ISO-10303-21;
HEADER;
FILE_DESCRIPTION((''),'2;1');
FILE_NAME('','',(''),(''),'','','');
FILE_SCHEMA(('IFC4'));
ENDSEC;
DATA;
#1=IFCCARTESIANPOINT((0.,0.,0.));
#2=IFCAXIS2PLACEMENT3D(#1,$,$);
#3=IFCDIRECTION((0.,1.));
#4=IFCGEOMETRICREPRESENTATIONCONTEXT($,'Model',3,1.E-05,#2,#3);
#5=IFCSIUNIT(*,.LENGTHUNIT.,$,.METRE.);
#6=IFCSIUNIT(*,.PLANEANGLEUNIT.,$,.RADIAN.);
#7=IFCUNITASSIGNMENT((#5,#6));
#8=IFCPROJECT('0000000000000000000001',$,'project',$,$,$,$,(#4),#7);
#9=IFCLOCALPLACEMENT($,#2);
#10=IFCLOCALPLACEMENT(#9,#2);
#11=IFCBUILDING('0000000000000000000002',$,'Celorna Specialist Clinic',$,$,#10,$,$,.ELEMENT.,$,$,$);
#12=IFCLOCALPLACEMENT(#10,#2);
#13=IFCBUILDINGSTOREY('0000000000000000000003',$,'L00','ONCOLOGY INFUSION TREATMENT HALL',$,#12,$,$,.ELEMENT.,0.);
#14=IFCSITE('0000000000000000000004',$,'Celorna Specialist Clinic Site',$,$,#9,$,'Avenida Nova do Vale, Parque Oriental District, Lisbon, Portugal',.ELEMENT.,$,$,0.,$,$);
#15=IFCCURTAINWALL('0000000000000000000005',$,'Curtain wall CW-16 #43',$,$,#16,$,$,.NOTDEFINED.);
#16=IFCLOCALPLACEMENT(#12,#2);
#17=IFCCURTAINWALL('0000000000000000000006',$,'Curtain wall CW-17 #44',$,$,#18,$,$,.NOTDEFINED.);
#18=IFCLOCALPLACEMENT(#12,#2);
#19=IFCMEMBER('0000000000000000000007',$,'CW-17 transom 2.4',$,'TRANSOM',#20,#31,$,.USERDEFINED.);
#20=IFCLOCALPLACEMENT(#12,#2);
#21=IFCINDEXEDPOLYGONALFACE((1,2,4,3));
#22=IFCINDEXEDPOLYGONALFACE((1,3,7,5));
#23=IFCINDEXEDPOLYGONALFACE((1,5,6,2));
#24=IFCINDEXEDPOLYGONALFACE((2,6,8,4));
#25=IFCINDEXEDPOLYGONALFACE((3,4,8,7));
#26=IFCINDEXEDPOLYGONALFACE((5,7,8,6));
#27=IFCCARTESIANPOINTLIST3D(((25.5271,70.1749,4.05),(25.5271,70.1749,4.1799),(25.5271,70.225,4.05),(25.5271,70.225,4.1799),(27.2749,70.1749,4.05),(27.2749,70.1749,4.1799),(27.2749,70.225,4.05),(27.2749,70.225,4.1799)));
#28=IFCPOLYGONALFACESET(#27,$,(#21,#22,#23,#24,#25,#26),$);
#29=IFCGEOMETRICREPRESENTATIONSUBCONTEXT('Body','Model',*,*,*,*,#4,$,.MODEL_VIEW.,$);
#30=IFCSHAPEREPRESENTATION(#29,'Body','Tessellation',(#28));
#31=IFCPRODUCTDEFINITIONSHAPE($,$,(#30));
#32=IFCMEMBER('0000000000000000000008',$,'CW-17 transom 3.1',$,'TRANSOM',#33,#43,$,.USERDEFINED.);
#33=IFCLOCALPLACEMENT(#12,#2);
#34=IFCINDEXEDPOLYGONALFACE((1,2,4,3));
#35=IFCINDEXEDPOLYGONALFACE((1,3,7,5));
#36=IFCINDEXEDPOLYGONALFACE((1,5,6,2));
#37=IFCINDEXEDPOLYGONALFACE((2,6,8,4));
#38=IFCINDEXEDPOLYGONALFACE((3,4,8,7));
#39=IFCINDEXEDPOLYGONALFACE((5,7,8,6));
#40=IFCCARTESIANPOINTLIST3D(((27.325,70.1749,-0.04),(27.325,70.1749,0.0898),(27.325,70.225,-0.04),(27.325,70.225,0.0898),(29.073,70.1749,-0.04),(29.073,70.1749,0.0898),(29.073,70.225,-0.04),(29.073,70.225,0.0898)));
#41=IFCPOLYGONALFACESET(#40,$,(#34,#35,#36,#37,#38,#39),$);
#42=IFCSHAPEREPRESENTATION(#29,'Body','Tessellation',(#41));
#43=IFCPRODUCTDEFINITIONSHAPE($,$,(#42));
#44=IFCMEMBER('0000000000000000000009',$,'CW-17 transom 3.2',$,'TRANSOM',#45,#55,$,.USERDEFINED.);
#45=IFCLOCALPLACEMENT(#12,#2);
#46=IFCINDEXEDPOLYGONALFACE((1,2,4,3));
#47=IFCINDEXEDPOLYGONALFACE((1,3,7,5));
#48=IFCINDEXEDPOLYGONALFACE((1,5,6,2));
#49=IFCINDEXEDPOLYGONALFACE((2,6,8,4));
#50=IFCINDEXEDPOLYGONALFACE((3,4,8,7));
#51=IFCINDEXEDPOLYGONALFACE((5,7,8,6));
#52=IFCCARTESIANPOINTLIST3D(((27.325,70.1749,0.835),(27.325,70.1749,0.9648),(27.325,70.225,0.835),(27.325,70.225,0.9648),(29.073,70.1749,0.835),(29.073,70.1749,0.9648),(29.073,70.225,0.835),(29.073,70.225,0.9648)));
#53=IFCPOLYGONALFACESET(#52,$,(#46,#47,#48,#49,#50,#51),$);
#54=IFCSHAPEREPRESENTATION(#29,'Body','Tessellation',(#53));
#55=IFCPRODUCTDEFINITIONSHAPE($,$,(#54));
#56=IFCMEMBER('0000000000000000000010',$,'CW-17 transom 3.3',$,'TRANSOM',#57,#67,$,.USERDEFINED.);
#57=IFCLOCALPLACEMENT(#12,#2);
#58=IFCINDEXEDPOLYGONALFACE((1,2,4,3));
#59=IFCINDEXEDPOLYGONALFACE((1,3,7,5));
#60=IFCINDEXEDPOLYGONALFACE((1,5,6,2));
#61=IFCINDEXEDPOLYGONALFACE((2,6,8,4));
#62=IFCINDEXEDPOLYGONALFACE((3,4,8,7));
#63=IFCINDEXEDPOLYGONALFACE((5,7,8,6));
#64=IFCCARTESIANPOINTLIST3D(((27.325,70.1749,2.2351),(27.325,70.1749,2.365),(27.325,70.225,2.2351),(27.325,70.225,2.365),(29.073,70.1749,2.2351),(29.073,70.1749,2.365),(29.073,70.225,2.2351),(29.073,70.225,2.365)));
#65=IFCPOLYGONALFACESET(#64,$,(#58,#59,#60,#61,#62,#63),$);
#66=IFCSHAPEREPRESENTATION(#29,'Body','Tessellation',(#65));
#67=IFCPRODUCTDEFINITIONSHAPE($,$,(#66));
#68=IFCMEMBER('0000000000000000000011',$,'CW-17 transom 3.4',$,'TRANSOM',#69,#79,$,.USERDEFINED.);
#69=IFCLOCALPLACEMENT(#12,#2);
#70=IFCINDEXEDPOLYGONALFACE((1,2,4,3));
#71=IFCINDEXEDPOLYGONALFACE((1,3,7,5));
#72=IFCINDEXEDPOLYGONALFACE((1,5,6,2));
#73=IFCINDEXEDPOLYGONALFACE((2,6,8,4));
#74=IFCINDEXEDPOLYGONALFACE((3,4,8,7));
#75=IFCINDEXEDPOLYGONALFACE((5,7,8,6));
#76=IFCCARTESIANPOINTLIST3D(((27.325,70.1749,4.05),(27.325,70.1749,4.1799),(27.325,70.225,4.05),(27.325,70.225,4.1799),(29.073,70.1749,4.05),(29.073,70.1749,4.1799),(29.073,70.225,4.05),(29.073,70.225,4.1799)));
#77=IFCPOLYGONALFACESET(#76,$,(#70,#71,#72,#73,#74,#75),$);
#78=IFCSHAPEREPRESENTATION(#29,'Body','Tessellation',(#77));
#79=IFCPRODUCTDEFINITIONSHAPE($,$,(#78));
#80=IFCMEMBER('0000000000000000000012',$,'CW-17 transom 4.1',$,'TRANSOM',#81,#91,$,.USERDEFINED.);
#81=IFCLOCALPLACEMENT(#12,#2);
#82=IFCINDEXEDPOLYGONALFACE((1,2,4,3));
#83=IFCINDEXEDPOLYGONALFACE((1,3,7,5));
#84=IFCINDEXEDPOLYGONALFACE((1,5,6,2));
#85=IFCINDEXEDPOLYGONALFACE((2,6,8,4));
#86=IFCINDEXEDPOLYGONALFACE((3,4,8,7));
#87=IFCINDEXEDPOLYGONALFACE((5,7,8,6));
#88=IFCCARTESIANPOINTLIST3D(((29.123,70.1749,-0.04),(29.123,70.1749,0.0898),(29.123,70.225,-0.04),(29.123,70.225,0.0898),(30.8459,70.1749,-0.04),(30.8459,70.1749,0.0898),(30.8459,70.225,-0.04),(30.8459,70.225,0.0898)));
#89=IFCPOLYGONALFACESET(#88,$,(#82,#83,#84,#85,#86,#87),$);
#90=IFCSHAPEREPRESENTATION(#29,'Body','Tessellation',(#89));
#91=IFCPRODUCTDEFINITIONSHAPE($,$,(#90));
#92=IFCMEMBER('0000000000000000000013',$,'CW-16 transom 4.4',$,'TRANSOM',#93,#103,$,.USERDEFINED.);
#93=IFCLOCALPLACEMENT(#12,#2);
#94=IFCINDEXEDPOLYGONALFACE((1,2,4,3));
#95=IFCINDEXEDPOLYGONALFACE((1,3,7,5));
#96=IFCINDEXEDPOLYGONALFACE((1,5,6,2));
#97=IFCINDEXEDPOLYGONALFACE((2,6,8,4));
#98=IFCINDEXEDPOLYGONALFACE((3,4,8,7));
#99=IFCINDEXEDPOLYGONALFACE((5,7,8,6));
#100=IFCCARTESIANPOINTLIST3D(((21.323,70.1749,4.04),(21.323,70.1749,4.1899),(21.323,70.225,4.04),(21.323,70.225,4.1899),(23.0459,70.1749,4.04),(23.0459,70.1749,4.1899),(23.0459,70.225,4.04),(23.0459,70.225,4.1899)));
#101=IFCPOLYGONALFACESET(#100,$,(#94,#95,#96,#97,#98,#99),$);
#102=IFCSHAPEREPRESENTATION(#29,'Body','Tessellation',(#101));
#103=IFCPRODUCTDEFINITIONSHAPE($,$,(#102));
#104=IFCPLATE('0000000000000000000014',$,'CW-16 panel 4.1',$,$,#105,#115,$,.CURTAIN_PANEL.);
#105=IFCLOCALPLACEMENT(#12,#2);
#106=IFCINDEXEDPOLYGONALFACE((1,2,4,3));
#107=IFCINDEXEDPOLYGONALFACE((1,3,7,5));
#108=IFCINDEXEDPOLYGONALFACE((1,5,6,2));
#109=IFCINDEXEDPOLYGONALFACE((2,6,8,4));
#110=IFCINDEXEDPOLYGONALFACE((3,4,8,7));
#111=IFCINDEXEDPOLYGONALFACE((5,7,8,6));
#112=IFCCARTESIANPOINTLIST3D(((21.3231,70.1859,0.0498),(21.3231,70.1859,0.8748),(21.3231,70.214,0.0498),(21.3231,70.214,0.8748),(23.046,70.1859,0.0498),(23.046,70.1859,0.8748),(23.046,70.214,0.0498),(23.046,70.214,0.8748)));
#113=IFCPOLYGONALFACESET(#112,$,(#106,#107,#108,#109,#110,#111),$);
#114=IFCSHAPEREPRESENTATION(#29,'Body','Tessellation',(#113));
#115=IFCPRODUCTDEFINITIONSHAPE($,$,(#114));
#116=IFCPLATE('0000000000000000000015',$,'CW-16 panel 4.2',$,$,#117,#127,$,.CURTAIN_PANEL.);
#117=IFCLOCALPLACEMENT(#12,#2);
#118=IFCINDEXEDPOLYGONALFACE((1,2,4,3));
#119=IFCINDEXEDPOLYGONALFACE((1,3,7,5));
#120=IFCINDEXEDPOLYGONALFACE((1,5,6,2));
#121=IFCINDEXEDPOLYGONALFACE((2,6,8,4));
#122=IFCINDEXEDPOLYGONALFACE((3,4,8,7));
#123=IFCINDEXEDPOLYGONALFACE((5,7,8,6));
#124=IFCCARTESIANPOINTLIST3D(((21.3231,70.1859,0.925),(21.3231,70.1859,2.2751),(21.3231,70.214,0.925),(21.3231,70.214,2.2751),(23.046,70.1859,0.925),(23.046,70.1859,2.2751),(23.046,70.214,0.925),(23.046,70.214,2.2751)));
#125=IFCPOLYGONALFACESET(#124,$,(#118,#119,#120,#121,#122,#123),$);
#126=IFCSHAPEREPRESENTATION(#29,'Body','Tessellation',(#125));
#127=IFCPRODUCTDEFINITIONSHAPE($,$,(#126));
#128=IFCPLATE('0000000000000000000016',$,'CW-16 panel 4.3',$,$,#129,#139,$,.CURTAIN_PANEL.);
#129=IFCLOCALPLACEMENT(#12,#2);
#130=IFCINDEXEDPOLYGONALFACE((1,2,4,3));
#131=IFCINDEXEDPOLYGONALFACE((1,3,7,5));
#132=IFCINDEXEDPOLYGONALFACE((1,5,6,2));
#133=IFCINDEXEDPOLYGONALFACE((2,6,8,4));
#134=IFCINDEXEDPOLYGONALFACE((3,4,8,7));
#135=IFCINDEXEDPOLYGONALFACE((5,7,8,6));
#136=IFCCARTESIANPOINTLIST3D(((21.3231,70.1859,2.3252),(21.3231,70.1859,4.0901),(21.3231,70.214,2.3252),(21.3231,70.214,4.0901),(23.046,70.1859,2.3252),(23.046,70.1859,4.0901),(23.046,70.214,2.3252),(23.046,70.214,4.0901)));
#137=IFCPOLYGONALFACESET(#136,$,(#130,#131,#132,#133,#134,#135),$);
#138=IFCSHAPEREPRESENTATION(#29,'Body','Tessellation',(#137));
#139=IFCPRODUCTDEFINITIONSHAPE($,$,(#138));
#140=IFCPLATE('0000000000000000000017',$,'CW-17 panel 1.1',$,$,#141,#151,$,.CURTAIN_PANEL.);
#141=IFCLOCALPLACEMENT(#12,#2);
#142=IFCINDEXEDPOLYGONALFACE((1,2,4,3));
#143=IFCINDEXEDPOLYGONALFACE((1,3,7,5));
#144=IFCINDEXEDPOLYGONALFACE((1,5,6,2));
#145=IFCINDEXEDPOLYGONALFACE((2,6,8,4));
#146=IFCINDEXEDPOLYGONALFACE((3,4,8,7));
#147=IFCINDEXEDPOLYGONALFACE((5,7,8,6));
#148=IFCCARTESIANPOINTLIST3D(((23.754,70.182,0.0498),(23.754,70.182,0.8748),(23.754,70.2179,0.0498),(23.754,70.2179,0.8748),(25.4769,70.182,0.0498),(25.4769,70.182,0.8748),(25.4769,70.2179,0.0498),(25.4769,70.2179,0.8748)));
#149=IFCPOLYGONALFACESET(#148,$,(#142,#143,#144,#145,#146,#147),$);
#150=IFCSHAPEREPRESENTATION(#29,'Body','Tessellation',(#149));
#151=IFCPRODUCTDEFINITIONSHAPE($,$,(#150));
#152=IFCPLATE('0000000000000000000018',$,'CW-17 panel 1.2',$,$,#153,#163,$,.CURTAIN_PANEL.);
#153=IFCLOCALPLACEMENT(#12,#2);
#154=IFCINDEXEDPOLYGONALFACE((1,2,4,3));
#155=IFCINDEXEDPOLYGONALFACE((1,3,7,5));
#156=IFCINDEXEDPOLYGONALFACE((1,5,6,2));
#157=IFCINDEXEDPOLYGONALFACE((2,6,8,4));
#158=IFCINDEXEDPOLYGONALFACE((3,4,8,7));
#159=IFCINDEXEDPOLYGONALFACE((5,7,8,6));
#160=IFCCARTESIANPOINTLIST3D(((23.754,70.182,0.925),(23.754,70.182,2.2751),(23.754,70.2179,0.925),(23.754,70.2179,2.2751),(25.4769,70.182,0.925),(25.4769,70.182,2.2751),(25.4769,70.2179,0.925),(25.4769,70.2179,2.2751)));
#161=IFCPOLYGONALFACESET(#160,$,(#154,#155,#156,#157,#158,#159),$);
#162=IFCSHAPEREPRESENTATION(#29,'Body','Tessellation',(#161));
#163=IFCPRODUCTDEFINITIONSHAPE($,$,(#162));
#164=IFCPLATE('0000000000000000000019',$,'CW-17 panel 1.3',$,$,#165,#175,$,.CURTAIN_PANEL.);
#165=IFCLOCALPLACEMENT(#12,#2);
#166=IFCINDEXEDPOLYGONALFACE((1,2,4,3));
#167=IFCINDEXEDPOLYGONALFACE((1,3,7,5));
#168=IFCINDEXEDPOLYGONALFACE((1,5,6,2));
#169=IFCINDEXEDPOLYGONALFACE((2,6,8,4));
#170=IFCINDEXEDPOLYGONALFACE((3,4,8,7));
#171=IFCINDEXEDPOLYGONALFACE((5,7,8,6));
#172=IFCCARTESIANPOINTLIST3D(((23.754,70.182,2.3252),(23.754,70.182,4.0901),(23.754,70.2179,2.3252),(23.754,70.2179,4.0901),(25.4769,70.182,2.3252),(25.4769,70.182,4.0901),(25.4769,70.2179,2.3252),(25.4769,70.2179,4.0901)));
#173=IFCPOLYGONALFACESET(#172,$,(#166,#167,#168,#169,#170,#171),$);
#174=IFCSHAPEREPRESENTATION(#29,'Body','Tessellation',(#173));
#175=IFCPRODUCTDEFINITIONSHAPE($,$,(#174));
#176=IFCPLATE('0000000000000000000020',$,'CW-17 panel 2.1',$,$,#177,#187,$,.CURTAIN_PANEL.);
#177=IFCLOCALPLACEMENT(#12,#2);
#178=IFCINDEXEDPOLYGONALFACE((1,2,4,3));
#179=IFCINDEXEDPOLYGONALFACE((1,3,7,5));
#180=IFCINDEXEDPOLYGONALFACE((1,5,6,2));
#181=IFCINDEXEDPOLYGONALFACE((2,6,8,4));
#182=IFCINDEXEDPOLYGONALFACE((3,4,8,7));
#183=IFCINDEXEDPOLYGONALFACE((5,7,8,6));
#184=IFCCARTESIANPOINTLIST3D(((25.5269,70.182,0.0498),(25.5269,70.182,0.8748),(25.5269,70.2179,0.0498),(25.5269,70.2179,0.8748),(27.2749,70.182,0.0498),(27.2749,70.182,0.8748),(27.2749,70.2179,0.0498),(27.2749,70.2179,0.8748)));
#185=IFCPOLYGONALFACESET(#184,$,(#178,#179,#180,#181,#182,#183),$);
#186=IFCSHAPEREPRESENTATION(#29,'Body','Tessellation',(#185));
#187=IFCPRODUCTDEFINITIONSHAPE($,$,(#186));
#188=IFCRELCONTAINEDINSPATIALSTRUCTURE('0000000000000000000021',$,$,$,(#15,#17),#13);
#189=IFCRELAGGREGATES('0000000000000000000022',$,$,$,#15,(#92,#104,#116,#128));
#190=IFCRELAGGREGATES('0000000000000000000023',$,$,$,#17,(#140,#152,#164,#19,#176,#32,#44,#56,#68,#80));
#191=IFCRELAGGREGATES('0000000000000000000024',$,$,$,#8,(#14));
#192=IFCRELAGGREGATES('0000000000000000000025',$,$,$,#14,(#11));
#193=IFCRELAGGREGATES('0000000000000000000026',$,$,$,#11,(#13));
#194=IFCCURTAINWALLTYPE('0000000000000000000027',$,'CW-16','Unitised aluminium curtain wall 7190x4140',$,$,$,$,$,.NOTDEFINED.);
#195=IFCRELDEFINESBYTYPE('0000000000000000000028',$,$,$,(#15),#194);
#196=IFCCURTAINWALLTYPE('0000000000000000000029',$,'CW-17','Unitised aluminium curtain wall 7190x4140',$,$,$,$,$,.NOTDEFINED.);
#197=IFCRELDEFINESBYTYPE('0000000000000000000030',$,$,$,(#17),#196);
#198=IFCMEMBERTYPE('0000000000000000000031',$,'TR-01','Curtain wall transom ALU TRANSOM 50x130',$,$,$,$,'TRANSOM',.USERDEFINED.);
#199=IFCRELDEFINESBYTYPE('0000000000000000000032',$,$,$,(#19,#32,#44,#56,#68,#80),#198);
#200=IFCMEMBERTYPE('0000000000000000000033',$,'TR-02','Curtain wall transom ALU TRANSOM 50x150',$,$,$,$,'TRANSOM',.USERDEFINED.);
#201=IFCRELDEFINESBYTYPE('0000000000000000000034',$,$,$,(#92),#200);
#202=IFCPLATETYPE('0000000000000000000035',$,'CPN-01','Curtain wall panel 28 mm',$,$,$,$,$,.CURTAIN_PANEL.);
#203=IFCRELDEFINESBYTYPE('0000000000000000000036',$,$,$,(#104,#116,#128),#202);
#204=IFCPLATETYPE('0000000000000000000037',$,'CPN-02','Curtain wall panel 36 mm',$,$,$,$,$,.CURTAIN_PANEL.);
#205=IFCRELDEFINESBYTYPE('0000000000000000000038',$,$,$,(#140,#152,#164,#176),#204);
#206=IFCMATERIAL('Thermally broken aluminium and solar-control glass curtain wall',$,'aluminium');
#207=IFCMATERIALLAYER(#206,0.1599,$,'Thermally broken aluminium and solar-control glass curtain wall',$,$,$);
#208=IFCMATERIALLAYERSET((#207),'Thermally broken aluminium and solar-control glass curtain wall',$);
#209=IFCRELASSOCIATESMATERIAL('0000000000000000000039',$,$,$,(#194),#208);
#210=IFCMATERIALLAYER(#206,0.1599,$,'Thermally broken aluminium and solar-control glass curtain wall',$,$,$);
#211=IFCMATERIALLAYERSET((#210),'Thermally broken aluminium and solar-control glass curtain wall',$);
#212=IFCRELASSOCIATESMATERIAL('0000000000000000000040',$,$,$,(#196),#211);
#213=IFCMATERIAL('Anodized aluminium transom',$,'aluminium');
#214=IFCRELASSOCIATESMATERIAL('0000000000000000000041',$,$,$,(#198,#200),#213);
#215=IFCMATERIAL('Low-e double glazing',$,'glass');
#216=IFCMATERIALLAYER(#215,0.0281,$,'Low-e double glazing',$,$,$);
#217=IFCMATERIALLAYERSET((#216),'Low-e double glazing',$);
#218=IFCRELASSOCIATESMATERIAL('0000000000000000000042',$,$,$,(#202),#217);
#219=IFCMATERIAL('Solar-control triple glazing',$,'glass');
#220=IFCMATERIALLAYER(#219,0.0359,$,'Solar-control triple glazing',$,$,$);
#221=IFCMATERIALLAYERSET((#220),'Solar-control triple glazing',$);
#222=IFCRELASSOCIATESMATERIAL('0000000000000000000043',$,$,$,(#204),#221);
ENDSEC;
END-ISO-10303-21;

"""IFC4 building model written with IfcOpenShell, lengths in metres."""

from ifc_helpers import new_model, si_unit, direction, frame, origin, origin_2d, place, context, subcontext, project, spatial, rectangle, extrude, material, layer, layer_set, material_profile, profile_set, type_object, element, aggregate, save


model = new_model("IFC4")

# Units and contexts
model_context = context("Model", 3, precision=1e-05, world=origin(), true_north=direction((0.0, 1.0)))
body_context = subcontext(model_context, "Body", "Model", "MODEL_VIEW")
ifc_project = project(units=[si_unit("LENGTHUNIT", "METRE"), si_unit("PLANEANGLEUNIT", "RADIAN")], contexts=[model_context])

# Site, building, storey
site_placement = place(None, origin())
site = spatial("IfcSite", under=ifc_project, at=site_placement, Name="Celorna Specialist Clinic Site", LongName="Avenida Nova do Vale, Parque Oriental District, Lisbon, Portugal", CompositionType="ELEMENT", RefElevation=0.0)
building_placement = place(site_placement, origin())
building = spatial("IfcBuilding", under=site, at=building_placement, Name="Celorna Specialist Clinic", CompositionType="ELEMENT")
storey_placement = place(building_placement, origin())
storey = spatial("IfcBuildingStorey", under=building, at=storey_placement, Name="L00", Description="ONCOLOGY INFUSION TREATMENT HALL", CompositionType="ELEMENT", Elevation=0.0)

# Curtain wall
ifc_material_1 = material(Name="Thermally broken aluminium and solar-control glass curtain wall", Category="aluminium")
ifc_layer_1 = layer(ifc_material_1, 0.1599, Name="Thermally broken aluminium and solar-control glass curtain wall")
ifc_layer_set_1 = layer_set([ifc_layer_1], Name="Thermally broken aluminium and solar-control glass curtain wall")
curtain_wall_type_1 = type_object("IfcCurtainWallType", Name="CW-16", Description="Unitised aluminium curtain wall 7190x4140", PredefinedType="NOTDEFINED", material=ifc_layer_set_1)
curtain_wall_1_placement = place(storey_placement, origin())
curtain_wall_1 = element("IfcCurtainWall", 1, at=curtain_wall_1_placement, inside=storey, type_object=curtain_wall_type_1, Name="Curtain wall CW-16 #43", PredefinedType="NOTDEFINED")

# Curtain wall, members
ifc_layer_2 = layer(ifc_material_1, 0.1599, Name="Thermally broken aluminium and solar-control glass curtain wall")
ifc_layer_set_2 = layer_set([ifc_layer_2], Name="Thermally broken aluminium and solar-control glass curtain wall")
curtain_wall_type_2 = type_object("IfcCurtainWallType", Name="CW-17", Description="Unitised aluminium curtain wall 7190x4140", PredefinedType="NOTDEFINED", material=ifc_layer_set_2)
curtain_wall_2_placement = place(storey_placement, origin())
curtain_wall_2 = element("IfcCurtainWall", 2, at=curtain_wall_2_placement, inside=storey, type_object=curtain_wall_type_2, Name="Curtain wall CW-17 #44", PredefinedType="NOTDEFINED")
ifc_material_2 = material(Name="Anodized aluminium transom", Category="aluminium")
ifc_material_profile_1 = material_profile(ifc_material_2, rectangle(XDim=0.05, YDim=0.1299, at=origin_2d()), Name="ALU TRANSOM 50x130")
ifc_profile_set_1 = profile_set([ifc_material_profile_1], Name="Anodized aluminium transom")
member_type_1 = type_object("IfcMemberType", Name="TR-01", Description="Curtain wall transom ALU TRANSOM 50x130", ElementType="TRANSOM", PredefinedType="USERDEFINED", material=ifc_profile_set_1)
member_1_placement = place(storey_placement, frame((25.5271, 70.2, 4.115), z_axis=(1.0, 0.0, 0.0), x_axis=(0.0, 1.0, 0.0)))
member_1 = element("IfcMember", 3, at=member_1_placement, type_object=member_type_1, Name="CW-17 transom 2.4", ObjectType="TRANSOM", PredefinedType="USERDEFINED", context=body_context, shape_type="SweptSolid", body=[
    extrude(rectangle(XDim=0.05, YDim=0.1299, at=origin_2d()), origin(), (0.0, 0.0, 1.0), 1.7478),
])
member_2_placement = place(storey_placement, frame((27.325, 70.2, 0.0249), z_axis=(1.0, 0.0, 0.0), x_axis=(0.0, 1.0, 0.0)))
member_2 = element("IfcMember", 4, at=member_2_placement, type_object=member_type_1, Name="CW-17 transom 3.1", ObjectType="TRANSOM", PredefinedType="USERDEFINED", context=body_context, shape_type="SweptSolid", body=[
    extrude(rectangle(XDim=0.05, YDim=0.1299, at=origin_2d()), origin(), (0.0, 0.0, 1.0), 1.748),
])
member_3_placement = place(storey_placement, frame((27.325, 70.2, 0.8999), z_axis=(1.0, 0.0, 0.0), x_axis=(0.0, 1.0, 0.0)))
member_3 = element("IfcMember", 5, at=member_3_placement, type_object=member_type_1, Name="CW-17 transom 3.2", ObjectType="TRANSOM", PredefinedType="USERDEFINED", context=body_context, shape_type="SweptSolid", body=[
    extrude(rectangle(XDim=0.05, YDim=0.1299, at=origin_2d()), origin(), (0.0, 0.0, 1.0), 1.748),
])
member_4_placement = place(storey_placement, frame((27.325, 70.2, 2.3), z_axis=(1.0, 0.0, 0.0), x_axis=(0.0, 1.0, 0.0)))
member_4 = element("IfcMember", 6, at=member_4_placement, type_object=member_type_1, Name="CW-17 transom 3.3", ObjectType="TRANSOM", PredefinedType="USERDEFINED", context=body_context, shape_type="SweptSolid", body=[
    extrude(rectangle(XDim=0.05, YDim=0.1299, at=origin_2d()), origin(), (0.0, 0.0, 1.0), 1.748),
])
member_5_placement = place(storey_placement, frame((27.325, 70.2, 4.115), z_axis=(1.0, 0.0, 0.0), x_axis=(0.0, 1.0, 0.0)))
member_5 = element("IfcMember", 7, at=member_5_placement, type_object=member_type_1, Name="CW-17 transom 3.4", ObjectType="TRANSOM", PredefinedType="USERDEFINED", context=body_context, shape_type="SweptSolid", body=[
    extrude(rectangle(XDim=0.05, YDim=0.1299, at=origin_2d()), origin(), (0.0, 0.0, 1.0), 1.748),
])
member_6_placement = place(storey_placement, frame((29.123, 70.2, 0.0249), z_axis=(1.0, 0.0, 0.0), x_axis=(0.0, 1.0, 0.0)))
member_6 = element("IfcMember", 8, at=member_6_placement, type_object=member_type_1, Name="CW-17 transom 4.1", ObjectType="TRANSOM", PredefinedType="USERDEFINED", context=body_context, shape_type="SweptSolid", body=[
    extrude(rectangle(XDim=0.05, YDim=0.1299, at=origin_2d()), origin(), (0.0, 0.0, 1.0), 1.7229),
])

# Member
ifc_material_profile_2 = material_profile(ifc_material_2, rectangle(XDim=0.05, YDim=0.1499, at=origin_2d()), Name="ALU TRANSOM 50x150")
ifc_profile_set_2 = profile_set([ifc_material_profile_2], Name="Anodized aluminium transom")
member_type_2 = type_object("IfcMemberType", Name="TR-02", Description="Curtain wall transom ALU TRANSOM 50x150", ElementType="TRANSOM", PredefinedType="USERDEFINED", material=ifc_profile_set_2)
member_7_placement = place(storey_placement, frame((21.323, 70.2, 4.115), z_axis=(1.0, 0.0, 0.0), x_axis=(0.0, 1.0, 0.0)))
member_7 = element("IfcMember", 9, at=member_7_placement, type_object=member_type_2, Name="CW-16 transom 4.4", ObjectType="TRANSOM", PredefinedType="USERDEFINED", context=body_context, shape_type="SweptSolid", body=[
    extrude(rectangle(XDim=0.05, YDim=0.1499, at=origin_2d()), origin(), (0.0, 0.0, 1.0), 1.7229),
])

# Plates
ifc_material_3 = material(Name="Low-e double glazing", Category="glass")
ifc_layer_3 = layer(ifc_material_3, 0.0281, Name="Low-e double glazing")
ifc_layer_set_3 = layer_set([ifc_layer_3], Name="Low-e double glazing")
plate_type_1 = type_object("IfcPlateType", Name="CPN-01", Description="Curtain wall panel 28 mm", PredefinedType="CURTAIN_PANEL", material=ifc_layer_set_3)
plate_1_placement = place(storey_placement, frame((22.1846, 70.2, 0.0498), z_axis=(0.0, 0.0, 1.0), x_axis=(1.0, 0.0, 0.0)))
plate_1 = element("IfcPlate", 10, at=plate_1_placement, type_object=plate_type_1, Name="CW-16 panel 4.1", PredefinedType="CURTAIN_PANEL", context=body_context, shape_type="SweptSolid", body=[
    extrude(rectangle(XDim=1.7229, YDim=0.0281, at=origin_2d()), origin(), (0.0, 0.0, 1.0), 0.825),
])
plate_2_placement = place(storey_placement, frame((22.1846, 70.2, 0.925), z_axis=(0.0, 0.0, 1.0), x_axis=(1.0, 0.0, 0.0)))
plate_2 = element("IfcPlate", 11, at=plate_2_placement, type_object=plate_type_1, Name="CW-16 panel 4.2", PredefinedType="CURTAIN_PANEL", context=body_context, shape_type="SweptSolid", body=[
    extrude(rectangle(XDim=1.7229, YDim=0.0281, at=origin_2d()), origin(), (0.0, 0.0, 1.0), 1.3501),
])
plate_3_placement = place(storey_placement, frame((22.1846, 70.2, 2.3252), z_axis=(0.0, 0.0, 1.0), x_axis=(1.0, 0.0, 0.0)))
plate_3 = element("IfcPlate", 12, at=plate_3_placement, type_object=plate_type_1, Name="CW-16 panel 4.3", PredefinedType="CURTAIN_PANEL", context=body_context, shape_type="SweptSolid", body=[
    extrude(rectangle(XDim=1.7229, YDim=0.0281, at=origin_2d()), origin(), (0.0, 0.0, 1.0), 1.7649),
])
aggregate(curtain_wall_1, [member_7, plate_1, plate_2, plate_3])
ifc_material_4 = material(Name="Solar-control triple glazing", Category="glass")
ifc_layer_4 = layer(ifc_material_4, 0.0359, Name="Solar-control triple glazing")
ifc_layer_set_4 = layer_set([ifc_layer_4], Name="Solar-control triple glazing")
plate_type_2 = type_object("IfcPlateType", Name="CPN-02", Description="Curtain wall panel 36 mm", PredefinedType="CURTAIN_PANEL", material=ifc_layer_set_4)
plate_4_placement = place(storey_placement, frame((24.6155, 70.2, 0.0498), z_axis=(0.0, 0.0, 1.0), x_axis=(1.0, 0.0, 0.0)))
plate_4 = element("IfcPlate", 13, at=plate_4_placement, type_object=plate_type_2, Name="CW-17 panel 1.1", PredefinedType="CURTAIN_PANEL", context=body_context, shape_type="SweptSolid", body=[
    extrude(rectangle(XDim=1.7229, YDim=0.0359, at=origin_2d()), origin(), (0.0, 0.0, 1.0), 0.825),
])
plate_5_placement = place(storey_placement, frame((24.6155, 70.2, 0.925), z_axis=(0.0, 0.0, 1.0), x_axis=(1.0, 0.0, 0.0)))
plate_5 = element("IfcPlate", 14, at=plate_5_placement, type_object=plate_type_2, Name="CW-17 panel 1.2", PredefinedType="CURTAIN_PANEL", context=body_context, shape_type="SweptSolid", body=[
    extrude(rectangle(XDim=1.7229, YDim=0.0359, at=origin_2d()), origin(), (0.0, 0.0, 1.0), 1.3501),
])
plate_6_placement = place(storey_placement, frame((24.6155, 70.2, 2.3252), z_axis=(0.0, 0.0, 1.0), x_axis=(1.0, 0.0, 0.0)))
plate_6 = element("IfcPlate", 15, at=plate_6_placement, type_object=plate_type_2, Name="CW-17 panel 1.3", PredefinedType="CURTAIN_PANEL", context=body_context, shape_type="SweptSolid", body=[
    extrude(rectangle(XDim=1.7229, YDim=0.0359, at=origin_2d()), origin(), (0.0, 0.0, 1.0), 1.7649),
])
plate_7_placement = place(storey_placement, frame((26.4009, 70.2, 0.0498), z_axis=(0.0, 0.0, 1.0), x_axis=(1.0, 0.0, 0.0)))
plate_7 = element("IfcPlate", 16, at=plate_7_placement, type_object=plate_type_2, Name="CW-17 panel 2.1", PredefinedType="CURTAIN_PANEL", context=body_context, shape_type="SweptSolid", body=[
    extrude(rectangle(XDim=1.748, YDim=0.0359, at=origin_2d()), origin(), (0.0, 0.0, 1.0), 0.825),
])
aggregate(curtain_wall_2, [plate_4, plate_5, plate_6, member_1, plate_7, member_2, member_3, member_4, member_5, member_6])

save(model, "model.ifc")
